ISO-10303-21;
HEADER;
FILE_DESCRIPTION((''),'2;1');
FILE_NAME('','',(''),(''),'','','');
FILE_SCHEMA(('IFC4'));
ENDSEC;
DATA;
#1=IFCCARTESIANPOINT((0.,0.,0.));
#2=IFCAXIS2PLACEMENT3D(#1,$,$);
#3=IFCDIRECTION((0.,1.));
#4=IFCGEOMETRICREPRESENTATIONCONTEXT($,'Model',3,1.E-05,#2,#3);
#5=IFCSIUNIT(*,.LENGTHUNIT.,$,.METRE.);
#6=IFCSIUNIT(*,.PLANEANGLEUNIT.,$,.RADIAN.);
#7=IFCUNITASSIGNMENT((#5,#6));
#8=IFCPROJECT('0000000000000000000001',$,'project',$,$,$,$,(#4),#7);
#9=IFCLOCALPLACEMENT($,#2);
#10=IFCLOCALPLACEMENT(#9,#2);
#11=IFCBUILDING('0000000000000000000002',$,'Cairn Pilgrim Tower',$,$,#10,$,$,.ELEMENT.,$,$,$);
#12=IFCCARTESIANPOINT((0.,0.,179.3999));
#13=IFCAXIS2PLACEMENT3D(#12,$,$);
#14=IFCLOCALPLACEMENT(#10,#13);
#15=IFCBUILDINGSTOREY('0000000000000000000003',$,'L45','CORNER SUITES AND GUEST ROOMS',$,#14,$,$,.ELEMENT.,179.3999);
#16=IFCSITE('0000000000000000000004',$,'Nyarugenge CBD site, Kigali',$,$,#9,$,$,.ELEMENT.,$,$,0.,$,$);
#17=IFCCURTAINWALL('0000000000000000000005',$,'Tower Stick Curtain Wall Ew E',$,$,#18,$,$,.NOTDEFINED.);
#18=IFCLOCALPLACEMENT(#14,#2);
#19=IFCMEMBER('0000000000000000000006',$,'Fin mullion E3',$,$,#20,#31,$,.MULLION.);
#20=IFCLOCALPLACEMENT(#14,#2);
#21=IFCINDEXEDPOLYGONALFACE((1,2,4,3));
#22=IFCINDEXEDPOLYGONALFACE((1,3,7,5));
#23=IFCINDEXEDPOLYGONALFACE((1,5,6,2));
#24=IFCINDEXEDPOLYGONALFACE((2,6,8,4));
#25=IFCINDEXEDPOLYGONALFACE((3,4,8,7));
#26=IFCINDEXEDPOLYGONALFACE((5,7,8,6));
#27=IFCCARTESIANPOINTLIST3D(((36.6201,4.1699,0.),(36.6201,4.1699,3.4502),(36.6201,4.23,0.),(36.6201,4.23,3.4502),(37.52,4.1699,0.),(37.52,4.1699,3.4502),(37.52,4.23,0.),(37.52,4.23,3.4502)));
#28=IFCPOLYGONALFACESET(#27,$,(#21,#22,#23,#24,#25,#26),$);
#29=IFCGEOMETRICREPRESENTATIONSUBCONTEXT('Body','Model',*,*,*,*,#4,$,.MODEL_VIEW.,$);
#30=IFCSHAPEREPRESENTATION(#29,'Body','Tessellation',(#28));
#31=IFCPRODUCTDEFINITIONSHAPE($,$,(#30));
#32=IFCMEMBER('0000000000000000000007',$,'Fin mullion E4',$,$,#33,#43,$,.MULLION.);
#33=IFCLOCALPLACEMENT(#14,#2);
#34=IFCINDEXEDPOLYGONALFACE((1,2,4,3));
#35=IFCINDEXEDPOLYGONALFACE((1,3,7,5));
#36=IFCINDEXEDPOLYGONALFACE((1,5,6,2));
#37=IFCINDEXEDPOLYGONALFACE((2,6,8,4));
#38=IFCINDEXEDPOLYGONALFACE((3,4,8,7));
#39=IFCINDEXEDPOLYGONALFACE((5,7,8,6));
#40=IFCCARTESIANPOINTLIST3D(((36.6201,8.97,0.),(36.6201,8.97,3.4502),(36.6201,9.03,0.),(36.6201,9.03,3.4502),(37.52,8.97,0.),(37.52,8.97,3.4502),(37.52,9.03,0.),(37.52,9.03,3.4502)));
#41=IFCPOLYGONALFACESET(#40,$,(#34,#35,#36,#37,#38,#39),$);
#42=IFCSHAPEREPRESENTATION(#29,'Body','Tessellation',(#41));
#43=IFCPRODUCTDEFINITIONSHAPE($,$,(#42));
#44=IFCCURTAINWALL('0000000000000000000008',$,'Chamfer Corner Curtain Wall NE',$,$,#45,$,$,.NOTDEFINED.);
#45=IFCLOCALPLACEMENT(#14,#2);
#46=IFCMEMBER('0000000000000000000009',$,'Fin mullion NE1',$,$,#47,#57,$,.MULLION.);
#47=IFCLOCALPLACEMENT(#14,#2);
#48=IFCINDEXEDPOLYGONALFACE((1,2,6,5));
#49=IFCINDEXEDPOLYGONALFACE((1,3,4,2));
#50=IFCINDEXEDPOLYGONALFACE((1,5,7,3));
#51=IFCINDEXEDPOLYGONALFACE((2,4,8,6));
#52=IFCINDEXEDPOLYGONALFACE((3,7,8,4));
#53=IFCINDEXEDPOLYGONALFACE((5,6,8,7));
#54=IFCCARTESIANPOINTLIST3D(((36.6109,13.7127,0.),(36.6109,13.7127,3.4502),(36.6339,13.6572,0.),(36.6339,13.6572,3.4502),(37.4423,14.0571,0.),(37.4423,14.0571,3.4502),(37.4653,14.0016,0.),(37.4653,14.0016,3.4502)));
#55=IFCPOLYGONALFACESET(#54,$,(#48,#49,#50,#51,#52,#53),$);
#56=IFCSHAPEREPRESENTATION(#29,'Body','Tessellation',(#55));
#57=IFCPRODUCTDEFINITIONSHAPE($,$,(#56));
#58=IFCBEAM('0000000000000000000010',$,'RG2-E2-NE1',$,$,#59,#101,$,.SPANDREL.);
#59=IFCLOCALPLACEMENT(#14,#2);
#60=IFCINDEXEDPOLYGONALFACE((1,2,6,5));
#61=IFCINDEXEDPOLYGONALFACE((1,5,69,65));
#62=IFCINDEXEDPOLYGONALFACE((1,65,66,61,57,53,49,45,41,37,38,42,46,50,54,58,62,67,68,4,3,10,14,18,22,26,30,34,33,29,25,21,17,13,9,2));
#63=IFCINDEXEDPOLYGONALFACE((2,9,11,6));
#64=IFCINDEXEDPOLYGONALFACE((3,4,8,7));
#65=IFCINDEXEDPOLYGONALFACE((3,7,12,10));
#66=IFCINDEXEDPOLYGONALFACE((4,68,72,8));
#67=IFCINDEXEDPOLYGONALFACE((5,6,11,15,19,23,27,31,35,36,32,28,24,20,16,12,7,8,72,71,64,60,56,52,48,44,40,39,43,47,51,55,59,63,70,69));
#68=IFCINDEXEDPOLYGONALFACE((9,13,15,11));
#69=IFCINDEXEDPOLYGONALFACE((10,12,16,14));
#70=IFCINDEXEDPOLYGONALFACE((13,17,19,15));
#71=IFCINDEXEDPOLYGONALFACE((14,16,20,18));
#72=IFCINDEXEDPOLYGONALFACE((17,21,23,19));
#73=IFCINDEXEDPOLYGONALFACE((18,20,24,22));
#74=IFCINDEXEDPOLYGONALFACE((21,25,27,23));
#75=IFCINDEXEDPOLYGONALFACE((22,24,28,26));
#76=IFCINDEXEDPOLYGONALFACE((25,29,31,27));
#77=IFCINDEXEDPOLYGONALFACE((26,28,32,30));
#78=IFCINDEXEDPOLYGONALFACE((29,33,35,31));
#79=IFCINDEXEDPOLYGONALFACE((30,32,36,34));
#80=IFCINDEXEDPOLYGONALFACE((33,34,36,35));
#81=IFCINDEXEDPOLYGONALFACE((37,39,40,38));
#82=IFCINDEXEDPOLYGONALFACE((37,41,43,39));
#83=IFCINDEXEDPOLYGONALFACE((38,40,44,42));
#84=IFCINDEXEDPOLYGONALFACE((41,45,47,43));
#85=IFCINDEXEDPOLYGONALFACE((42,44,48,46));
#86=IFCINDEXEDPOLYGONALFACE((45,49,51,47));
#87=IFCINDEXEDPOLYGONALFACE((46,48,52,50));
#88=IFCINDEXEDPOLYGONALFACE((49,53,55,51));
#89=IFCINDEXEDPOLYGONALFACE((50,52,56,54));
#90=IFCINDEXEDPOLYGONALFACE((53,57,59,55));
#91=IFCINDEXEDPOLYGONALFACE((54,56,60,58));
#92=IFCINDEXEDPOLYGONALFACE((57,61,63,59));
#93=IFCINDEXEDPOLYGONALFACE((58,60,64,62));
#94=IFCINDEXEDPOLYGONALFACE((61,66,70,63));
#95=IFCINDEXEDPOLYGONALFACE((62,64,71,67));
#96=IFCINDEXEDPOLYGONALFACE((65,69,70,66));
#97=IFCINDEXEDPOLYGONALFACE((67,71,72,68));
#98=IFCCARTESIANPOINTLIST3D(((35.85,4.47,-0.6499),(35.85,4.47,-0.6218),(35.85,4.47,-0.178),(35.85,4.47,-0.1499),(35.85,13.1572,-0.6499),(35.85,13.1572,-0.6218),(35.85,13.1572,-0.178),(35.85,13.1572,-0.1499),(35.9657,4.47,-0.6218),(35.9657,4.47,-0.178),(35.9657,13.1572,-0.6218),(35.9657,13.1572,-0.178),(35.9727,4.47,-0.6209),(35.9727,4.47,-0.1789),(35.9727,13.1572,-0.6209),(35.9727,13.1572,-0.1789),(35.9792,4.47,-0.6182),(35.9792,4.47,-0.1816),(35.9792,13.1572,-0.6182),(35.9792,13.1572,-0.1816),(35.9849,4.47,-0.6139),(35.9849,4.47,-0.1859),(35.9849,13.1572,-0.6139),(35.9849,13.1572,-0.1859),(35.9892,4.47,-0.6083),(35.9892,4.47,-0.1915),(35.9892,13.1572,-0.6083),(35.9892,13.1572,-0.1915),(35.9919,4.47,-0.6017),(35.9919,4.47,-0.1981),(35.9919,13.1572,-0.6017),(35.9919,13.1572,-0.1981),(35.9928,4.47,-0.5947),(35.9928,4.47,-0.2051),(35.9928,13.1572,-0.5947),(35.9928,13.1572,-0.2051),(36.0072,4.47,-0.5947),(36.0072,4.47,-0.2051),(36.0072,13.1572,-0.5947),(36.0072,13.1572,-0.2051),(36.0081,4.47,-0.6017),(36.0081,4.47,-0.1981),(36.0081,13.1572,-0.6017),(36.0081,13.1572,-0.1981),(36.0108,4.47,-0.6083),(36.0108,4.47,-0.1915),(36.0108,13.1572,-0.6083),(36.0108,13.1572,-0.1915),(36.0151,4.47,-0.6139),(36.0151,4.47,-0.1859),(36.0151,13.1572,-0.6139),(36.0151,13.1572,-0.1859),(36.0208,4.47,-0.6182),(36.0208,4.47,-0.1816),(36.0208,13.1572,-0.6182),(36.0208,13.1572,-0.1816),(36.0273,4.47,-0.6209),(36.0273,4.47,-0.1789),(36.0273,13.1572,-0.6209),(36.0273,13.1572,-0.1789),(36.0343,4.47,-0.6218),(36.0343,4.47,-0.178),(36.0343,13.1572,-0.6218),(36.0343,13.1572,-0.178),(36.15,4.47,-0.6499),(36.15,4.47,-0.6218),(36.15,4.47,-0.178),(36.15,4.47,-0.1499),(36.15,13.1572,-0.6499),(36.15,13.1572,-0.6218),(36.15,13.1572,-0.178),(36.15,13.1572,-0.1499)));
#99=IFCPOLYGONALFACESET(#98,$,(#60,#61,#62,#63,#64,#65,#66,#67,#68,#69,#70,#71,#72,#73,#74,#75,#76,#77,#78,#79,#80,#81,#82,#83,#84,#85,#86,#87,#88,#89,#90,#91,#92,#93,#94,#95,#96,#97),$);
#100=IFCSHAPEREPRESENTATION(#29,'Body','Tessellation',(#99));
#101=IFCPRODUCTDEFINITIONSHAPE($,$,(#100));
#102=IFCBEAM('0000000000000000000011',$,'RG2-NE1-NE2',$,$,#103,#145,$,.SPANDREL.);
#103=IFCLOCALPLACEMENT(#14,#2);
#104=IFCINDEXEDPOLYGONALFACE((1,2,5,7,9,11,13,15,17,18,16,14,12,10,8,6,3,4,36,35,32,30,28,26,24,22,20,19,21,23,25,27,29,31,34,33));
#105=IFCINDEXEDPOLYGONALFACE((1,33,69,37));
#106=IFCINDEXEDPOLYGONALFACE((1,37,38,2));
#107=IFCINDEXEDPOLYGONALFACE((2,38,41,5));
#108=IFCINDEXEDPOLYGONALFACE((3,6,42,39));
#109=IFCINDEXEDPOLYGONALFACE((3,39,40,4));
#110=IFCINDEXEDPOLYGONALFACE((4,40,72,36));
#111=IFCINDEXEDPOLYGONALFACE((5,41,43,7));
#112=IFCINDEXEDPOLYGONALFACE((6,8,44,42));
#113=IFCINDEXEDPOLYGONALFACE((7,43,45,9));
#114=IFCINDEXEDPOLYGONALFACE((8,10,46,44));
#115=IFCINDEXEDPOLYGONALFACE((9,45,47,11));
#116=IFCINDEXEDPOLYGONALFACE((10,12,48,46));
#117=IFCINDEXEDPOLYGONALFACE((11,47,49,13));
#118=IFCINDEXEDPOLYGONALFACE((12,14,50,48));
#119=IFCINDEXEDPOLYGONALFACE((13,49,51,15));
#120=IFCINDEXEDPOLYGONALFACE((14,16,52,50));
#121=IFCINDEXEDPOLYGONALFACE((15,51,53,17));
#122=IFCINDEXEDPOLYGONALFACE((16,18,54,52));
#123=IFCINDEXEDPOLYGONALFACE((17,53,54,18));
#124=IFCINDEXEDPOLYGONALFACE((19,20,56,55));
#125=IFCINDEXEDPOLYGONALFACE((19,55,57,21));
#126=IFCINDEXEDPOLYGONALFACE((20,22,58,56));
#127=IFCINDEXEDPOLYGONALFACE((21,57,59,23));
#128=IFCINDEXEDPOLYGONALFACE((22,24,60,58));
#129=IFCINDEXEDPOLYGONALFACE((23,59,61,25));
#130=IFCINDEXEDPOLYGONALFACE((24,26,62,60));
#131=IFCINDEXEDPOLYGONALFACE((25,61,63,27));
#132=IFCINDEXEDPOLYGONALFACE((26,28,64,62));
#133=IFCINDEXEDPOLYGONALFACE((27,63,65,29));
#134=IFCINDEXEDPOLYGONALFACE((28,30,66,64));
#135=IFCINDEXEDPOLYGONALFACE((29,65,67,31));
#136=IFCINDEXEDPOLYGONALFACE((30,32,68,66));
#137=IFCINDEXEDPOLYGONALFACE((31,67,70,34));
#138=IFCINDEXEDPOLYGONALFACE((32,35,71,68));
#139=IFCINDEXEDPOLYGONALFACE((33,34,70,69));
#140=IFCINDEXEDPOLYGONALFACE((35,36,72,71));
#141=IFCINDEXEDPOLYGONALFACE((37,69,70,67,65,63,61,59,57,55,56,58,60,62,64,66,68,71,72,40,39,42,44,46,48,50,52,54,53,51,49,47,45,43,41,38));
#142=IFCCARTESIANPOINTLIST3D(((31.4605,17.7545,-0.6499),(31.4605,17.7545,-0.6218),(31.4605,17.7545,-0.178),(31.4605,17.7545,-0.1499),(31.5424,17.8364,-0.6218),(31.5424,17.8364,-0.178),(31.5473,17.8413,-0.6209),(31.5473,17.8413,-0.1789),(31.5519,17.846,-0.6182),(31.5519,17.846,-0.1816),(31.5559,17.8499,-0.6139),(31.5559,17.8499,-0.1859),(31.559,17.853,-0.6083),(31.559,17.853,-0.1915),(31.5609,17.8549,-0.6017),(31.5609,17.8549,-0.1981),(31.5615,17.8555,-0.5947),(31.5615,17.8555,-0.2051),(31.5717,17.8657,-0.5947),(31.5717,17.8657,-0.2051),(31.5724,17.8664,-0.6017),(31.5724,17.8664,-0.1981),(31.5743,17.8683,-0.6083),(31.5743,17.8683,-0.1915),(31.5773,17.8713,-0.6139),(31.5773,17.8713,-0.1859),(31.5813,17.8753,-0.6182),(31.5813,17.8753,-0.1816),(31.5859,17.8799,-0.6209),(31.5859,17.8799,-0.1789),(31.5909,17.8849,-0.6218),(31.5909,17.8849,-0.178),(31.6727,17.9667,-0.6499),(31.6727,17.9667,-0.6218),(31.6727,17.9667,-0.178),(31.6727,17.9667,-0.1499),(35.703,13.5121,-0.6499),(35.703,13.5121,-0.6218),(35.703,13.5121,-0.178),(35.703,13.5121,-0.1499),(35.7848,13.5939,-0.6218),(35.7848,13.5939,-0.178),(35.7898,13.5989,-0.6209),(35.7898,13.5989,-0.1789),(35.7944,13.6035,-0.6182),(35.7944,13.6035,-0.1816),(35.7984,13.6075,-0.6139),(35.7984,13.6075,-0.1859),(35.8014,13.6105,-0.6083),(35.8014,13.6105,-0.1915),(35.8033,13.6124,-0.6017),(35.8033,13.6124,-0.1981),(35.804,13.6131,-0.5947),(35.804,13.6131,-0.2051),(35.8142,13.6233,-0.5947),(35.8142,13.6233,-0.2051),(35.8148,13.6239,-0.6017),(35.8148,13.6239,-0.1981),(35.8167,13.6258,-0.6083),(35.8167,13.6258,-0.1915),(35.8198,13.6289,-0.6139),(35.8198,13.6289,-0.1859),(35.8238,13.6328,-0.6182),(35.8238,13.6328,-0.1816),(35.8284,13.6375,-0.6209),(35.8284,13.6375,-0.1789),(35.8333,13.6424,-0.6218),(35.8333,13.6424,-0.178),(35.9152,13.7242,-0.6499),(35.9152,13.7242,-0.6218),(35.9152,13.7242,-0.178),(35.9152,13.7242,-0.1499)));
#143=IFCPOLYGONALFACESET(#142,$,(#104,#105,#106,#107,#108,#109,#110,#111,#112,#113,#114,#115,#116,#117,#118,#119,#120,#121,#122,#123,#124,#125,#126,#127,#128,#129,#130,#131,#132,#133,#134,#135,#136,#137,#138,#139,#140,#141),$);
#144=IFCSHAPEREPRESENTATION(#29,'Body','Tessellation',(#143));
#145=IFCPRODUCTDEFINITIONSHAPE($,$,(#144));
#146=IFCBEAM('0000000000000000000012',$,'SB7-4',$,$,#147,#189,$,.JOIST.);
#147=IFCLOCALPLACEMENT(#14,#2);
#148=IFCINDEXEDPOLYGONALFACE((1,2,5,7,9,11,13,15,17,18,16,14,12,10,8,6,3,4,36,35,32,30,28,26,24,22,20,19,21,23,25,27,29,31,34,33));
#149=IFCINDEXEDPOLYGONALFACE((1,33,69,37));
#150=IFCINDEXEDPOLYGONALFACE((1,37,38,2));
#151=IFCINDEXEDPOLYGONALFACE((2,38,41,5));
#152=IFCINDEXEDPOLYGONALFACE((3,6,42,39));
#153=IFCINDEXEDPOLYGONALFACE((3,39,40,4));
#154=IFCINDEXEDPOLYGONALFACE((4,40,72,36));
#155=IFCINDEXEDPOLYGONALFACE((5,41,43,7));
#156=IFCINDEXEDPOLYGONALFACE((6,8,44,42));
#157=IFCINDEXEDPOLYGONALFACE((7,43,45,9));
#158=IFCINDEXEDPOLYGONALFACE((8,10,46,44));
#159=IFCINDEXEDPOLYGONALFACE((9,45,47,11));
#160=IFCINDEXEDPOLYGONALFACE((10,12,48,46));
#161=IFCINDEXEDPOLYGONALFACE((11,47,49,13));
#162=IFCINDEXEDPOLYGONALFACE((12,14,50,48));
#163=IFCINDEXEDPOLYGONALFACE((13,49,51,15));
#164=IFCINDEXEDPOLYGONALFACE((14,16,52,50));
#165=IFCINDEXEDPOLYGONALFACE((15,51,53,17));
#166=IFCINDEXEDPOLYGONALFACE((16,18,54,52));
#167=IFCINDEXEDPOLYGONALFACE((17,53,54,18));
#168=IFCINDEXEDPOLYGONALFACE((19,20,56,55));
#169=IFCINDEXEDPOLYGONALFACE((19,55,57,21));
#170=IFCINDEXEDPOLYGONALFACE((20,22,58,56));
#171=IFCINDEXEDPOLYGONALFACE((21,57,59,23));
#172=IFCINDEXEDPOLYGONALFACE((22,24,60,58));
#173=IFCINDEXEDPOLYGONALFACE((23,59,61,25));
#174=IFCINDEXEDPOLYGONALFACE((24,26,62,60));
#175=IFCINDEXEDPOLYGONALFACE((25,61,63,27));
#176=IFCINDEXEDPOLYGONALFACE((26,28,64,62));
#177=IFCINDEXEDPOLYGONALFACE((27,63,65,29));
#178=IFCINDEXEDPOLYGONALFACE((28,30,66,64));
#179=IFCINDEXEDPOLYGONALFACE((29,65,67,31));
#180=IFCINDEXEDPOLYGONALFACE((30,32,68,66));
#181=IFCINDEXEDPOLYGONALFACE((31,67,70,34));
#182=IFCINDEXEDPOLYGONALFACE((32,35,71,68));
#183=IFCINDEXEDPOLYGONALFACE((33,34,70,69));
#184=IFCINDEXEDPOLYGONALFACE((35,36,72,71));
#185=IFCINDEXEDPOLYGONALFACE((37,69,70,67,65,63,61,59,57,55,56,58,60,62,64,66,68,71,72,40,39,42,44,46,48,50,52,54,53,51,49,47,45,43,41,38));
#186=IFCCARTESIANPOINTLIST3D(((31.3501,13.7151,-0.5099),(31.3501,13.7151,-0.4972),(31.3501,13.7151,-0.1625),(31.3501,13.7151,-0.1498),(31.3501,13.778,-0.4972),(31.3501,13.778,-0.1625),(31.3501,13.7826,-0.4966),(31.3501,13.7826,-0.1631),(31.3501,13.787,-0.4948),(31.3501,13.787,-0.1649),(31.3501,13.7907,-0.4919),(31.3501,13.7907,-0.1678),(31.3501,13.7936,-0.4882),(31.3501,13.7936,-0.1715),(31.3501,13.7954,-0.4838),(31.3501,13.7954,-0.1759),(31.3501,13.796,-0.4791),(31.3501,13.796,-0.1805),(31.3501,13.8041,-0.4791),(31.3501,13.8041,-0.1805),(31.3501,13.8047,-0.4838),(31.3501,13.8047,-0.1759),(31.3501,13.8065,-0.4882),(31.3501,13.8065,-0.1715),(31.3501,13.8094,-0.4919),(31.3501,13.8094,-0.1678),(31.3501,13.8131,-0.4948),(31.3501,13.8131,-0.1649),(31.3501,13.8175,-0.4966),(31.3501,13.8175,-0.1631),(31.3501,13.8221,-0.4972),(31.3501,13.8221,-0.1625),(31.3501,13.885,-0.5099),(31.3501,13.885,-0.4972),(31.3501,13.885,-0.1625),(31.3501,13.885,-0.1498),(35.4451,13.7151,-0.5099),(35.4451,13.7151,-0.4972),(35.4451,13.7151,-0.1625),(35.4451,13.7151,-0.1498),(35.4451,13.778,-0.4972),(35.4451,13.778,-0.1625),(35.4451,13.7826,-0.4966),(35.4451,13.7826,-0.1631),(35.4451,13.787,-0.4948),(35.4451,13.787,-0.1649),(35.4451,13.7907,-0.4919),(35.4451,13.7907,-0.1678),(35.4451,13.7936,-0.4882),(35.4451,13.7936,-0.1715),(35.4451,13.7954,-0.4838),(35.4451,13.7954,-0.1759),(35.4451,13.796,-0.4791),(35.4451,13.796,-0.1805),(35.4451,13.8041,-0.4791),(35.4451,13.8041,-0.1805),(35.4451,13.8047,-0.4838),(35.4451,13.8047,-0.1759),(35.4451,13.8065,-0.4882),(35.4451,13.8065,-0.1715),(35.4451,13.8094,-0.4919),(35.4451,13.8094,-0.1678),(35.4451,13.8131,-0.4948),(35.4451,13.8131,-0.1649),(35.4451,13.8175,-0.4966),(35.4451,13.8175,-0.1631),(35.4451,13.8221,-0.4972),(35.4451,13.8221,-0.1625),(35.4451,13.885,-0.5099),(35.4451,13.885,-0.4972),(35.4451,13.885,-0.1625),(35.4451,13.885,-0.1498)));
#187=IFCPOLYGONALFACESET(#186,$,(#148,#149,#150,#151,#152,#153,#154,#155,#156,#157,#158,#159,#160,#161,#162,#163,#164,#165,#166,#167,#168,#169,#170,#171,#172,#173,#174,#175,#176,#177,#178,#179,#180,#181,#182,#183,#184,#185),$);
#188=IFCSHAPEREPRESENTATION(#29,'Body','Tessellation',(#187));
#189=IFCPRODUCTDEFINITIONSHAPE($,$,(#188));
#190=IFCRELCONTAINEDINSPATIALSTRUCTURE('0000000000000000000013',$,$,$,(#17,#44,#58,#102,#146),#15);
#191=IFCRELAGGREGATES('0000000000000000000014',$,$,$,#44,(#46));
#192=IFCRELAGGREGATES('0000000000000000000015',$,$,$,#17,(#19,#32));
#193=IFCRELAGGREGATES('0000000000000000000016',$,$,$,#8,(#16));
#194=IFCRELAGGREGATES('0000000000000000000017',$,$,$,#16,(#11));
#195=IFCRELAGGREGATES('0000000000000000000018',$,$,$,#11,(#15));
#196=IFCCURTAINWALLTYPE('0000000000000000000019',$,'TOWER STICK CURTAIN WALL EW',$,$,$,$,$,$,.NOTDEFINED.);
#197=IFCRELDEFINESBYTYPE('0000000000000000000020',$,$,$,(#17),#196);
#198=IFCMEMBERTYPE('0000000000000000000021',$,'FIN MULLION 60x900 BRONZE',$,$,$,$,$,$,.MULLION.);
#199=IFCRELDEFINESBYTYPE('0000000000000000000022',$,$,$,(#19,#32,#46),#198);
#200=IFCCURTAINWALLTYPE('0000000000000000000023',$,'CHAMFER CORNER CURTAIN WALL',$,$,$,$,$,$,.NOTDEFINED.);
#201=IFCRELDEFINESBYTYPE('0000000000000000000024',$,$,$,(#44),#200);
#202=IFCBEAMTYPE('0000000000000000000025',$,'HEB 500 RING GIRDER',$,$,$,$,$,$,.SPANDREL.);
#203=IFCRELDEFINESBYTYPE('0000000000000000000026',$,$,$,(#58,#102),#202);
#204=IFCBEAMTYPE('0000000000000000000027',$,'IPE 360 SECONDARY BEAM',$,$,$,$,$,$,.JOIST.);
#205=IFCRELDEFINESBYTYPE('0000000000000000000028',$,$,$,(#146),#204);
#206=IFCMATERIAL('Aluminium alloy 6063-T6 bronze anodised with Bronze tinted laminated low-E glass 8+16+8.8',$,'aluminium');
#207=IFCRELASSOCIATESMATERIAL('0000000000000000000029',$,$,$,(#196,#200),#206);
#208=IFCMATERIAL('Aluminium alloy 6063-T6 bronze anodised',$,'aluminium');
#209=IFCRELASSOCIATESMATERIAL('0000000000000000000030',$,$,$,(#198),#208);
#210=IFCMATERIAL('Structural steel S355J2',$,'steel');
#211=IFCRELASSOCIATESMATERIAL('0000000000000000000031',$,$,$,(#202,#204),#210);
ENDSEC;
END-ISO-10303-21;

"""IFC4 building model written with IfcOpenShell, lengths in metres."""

from ifc_helpers import new_model, si_unit, direction, frame, origin, origin_2d, place, context, subcontext, project, spatial, rectangle, i_section, extrude, material, material_profile, profile_set, type_object, element, aggregate, save


model = new_model("IFC4")

# Units and contexts
model_context = context("Model", 3, precision=1e-05, world=origin(), true_north=direction((0.0, 1.0)))
body_context = subcontext(model_context, "Body", "Model", "MODEL_VIEW")
ifc_project = project(units=[si_unit("LENGTHUNIT", "METRE"), si_unit("PLANEANGLEUNIT", "RADIAN")], contexts=[model_context])

# Site, building, storey
site_placement = place(None, origin())
site = spatial("IfcSite", under=ifc_project, at=site_placement, Name="Nyarugenge CBD site, Kigali", CompositionType="ELEMENT", RefElevation=0.0)
building_placement = place(site_placement, origin())
building = spatial("IfcBuilding", under=site, at=building_placement, Name="Cairn Pilgrim Tower", CompositionType="ELEMENT")
storey_placement = place(building_placement, frame((0.0, 0.0, 179.3999)))
storey = spatial("IfcBuildingStorey", under=building, at=storey_placement, Name="L45", Description="CORNER SUITES AND GUEST ROOMS", CompositionType="ELEMENT", Elevation=179.3999)

# Curtain wall, members
ifc_material_1 = material(Name="Aluminium alloy 6063-T6 bronze anodised with Bronze tinted laminated low-E glass 8+16+8.8", Category="aluminium")
curtain_wall_type_1 = type_object("IfcCurtainWallType", Name="TOWER STICK CURTAIN WALL EW", PredefinedType="NOTDEFINED", material=ifc_material_1)
curtain_wall_1_placement = place(storey_placement, origin())
curtain_wall_1 = element("IfcCurtainWall", 1, at=curtain_wall_1_placement, inside=storey, type_object=curtain_wall_type_1, Name="Tower Stick Curtain Wall Ew E", PredefinedType="NOTDEFINED")
ifc_material_2 = material(Name="Aluminium alloy 6063-T6 bronze anodised", Category="aluminium")
ifc_material_profile_1 = material_profile(ifc_material_2, rectangle(XDim=0.8999, YDim=0.0601, at=origin_2d()), Name="FIN MULLION 60x900 BRONZE")
ifc_profile_set_1 = profile_set([ifc_material_profile_1], Name="Aluminium alloy 6063-T6 bronze anodised")
member_type_1 = type_object("IfcMemberType", Name="FIN MULLION 60x900 BRONZE", PredefinedType="MULLION", material=ifc_profile_set_1)
member_1_placement = place(storey_placement, frame((37.0701, 4.2, 0.0), z_axis=(0.0, 0.0, 1.0), x_axis=(1.0, 0.0, 0.0)))
member_1 = element("IfcMember", 2, at=member_1_placement, type_object=member_type_1, Name="Fin mullion E3", PredefinedType="MULLION", context=body_context, shape_type="SweptSolid", body=[
    extrude(rectangle(XDim=0.8999, YDim=0.0601, at=origin_2d()), origin(), (0.0, 0.0, 1.0), 3.4502),
])
member_2_placement = place(storey_placement, frame((37.0701, 9.0, 0.0), z_axis=(0.0, 0.0, 1.0), x_axis=(1.0, 0.0, 0.0)))
member_2 = element("IfcMember", 3, at=member_2_placement, type_object=member_type_1, Name="Fin mullion E4", PredefinedType="MULLION", context=body_context, shape_type="SweptSolid", body=[
    extrude(rectangle(XDim=0.8999, YDim=0.0601, at=origin_2d()), origin(), (0.0, 0.0, 1.0), 3.4502),
])

# Curtain wall, member
curtain_wall_type_2 = type_object("IfcCurtainWallType", Name="CHAMFER CORNER CURTAIN WALL", PredefinedType="NOTDEFINED", material=ifc_material_1)
curtain_wall_2_placement = place(storey_placement, origin())
curtain_wall_2 = element("IfcCurtainWall", 4, at=curtain_wall_2_placement, inside=storey, type_object=curtain_wall_type_2, Name="Chamfer Corner Curtain Wall NE", PredefinedType="NOTDEFINED")
member_3_placement = place(storey_placement, frame((37.0381, 13.8572, 0.0), z_axis=(0.0, 0.0, 1.0), x_axis=(0.92388, 0.382683, 0.0)))
member_3 = element("IfcMember", 5, at=member_3_placement, type_object=member_type_1, Name="Fin mullion NE1", PredefinedType="MULLION", context=body_context, shape_type="SweptSolid", body=[
    extrude(rectangle(XDim=0.8999, YDim=0.0601, at=origin_2d()), origin(), (0.0, 0.0, 1.0), 3.4502),
])
aggregate(curtain_wall_2, [member_3])

# Beams
ifc_material_3 = material(Name="Structural steel S355J2", Category="steel")
ifc_material_profile_2 = material_profile(ifc_material_3, i_section(OverallWidth=0.3, OverallDepth=0.5, WebThickness=0.0144, FlangeThickness=0.0281, FilletRadius=0.0271, at=origin_2d()), Name="HEB 500")
ifc_profile_set_2 = profile_set([ifc_material_profile_2], Name="Structural steel S355J2")
beam_type_1 = type_object("IfcBeamType", Name="HEB 500 RING GIRDER", PredefinedType="SPANDREL", material=ifc_profile_set_2)
beam_1_placement = place(storey_placement, frame((36.0, 4.47, -0.3999), z_axis=(0.0, 1.0, 0.0), x_axis=(-1.0, 0.0, 0.0)))
element("IfcBeam", 6, at=beam_1_placement, inside=storey, type_object=beam_type_1, Name="RG2-E2-NE1", PredefinedType="SPANDREL", context=body_context, shape_type="SweptSolid", body=[
    extrude(i_section(OverallWidth=0.3, OverallDepth=0.5, WebThickness=0.0144, FlangeThickness=0.0281, FilletRadius=0.0271, at=origin_2d()), origin(), (0.0, 0.0, 1.0), 8.6873),
])
beam_2_placement = place(storey_placement, frame((35.8091, 13.6182, -0.3999), z_axis=(-0.707107, 0.707107, 0.0), x_axis=(-0.707107, -0.707107, 0.0)))
element("IfcBeam", 7, at=beam_2_placement, inside=storey, type_object=beam_type_1, Name="RG2-NE1-NE2", PredefinedType="SPANDREL", context=body_context, shape_type="SweptSolid", body=[
    extrude(i_section(OverallWidth=0.3, OverallDepth=0.5, WebThickness=0.0144, FlangeThickness=0.0281, FilletRadius=0.0271, at=origin_2d()), origin(), (0.0, 0.0, 1.0), 5.9998),
])
ifc_material_profile_3 = material_profile(ifc_material_3, i_section(OverallWidth=0.1699, OverallDepth=0.3601, WebThickness=0.0081, FlangeThickness=0.0127, FilletRadius=0.0181, at=origin_2d()), Name="IPE 360")
ifc_profile_set_3 = profile_set([ifc_material_profile_3], Name="Structural steel S355J2")
beam_type_2 = type_object("IfcBeamType", Name="IPE 360 SECONDARY BEAM", PredefinedType="JOIST", material=ifc_profile_set_3)
beam_3_placement = place(storey_placement, frame((31.3501, 13.8, -0.3298), z_axis=(1.0, 0.0, 0.0), x_axis=(0.0, 1.0, 0.0)))
element("IfcBeam", 8, at=beam_3_placement, inside=storey, type_object=beam_type_2, Name="SB7-4", PredefinedType="JOIST", context=body_context, shape_type="SweptSolid", body=[
    extrude(i_section(OverallWidth=0.1699, OverallDepth=0.3601, WebThickness=0.0081, FlangeThickness=0.0127, FilletRadius=0.0181, at=origin_2d()), origin(), (0.0, 0.0, 1.0), 4.095),
])

aggregate(curtain_wall_1, [member_1, member_2])

save(model, "model.ifc")
